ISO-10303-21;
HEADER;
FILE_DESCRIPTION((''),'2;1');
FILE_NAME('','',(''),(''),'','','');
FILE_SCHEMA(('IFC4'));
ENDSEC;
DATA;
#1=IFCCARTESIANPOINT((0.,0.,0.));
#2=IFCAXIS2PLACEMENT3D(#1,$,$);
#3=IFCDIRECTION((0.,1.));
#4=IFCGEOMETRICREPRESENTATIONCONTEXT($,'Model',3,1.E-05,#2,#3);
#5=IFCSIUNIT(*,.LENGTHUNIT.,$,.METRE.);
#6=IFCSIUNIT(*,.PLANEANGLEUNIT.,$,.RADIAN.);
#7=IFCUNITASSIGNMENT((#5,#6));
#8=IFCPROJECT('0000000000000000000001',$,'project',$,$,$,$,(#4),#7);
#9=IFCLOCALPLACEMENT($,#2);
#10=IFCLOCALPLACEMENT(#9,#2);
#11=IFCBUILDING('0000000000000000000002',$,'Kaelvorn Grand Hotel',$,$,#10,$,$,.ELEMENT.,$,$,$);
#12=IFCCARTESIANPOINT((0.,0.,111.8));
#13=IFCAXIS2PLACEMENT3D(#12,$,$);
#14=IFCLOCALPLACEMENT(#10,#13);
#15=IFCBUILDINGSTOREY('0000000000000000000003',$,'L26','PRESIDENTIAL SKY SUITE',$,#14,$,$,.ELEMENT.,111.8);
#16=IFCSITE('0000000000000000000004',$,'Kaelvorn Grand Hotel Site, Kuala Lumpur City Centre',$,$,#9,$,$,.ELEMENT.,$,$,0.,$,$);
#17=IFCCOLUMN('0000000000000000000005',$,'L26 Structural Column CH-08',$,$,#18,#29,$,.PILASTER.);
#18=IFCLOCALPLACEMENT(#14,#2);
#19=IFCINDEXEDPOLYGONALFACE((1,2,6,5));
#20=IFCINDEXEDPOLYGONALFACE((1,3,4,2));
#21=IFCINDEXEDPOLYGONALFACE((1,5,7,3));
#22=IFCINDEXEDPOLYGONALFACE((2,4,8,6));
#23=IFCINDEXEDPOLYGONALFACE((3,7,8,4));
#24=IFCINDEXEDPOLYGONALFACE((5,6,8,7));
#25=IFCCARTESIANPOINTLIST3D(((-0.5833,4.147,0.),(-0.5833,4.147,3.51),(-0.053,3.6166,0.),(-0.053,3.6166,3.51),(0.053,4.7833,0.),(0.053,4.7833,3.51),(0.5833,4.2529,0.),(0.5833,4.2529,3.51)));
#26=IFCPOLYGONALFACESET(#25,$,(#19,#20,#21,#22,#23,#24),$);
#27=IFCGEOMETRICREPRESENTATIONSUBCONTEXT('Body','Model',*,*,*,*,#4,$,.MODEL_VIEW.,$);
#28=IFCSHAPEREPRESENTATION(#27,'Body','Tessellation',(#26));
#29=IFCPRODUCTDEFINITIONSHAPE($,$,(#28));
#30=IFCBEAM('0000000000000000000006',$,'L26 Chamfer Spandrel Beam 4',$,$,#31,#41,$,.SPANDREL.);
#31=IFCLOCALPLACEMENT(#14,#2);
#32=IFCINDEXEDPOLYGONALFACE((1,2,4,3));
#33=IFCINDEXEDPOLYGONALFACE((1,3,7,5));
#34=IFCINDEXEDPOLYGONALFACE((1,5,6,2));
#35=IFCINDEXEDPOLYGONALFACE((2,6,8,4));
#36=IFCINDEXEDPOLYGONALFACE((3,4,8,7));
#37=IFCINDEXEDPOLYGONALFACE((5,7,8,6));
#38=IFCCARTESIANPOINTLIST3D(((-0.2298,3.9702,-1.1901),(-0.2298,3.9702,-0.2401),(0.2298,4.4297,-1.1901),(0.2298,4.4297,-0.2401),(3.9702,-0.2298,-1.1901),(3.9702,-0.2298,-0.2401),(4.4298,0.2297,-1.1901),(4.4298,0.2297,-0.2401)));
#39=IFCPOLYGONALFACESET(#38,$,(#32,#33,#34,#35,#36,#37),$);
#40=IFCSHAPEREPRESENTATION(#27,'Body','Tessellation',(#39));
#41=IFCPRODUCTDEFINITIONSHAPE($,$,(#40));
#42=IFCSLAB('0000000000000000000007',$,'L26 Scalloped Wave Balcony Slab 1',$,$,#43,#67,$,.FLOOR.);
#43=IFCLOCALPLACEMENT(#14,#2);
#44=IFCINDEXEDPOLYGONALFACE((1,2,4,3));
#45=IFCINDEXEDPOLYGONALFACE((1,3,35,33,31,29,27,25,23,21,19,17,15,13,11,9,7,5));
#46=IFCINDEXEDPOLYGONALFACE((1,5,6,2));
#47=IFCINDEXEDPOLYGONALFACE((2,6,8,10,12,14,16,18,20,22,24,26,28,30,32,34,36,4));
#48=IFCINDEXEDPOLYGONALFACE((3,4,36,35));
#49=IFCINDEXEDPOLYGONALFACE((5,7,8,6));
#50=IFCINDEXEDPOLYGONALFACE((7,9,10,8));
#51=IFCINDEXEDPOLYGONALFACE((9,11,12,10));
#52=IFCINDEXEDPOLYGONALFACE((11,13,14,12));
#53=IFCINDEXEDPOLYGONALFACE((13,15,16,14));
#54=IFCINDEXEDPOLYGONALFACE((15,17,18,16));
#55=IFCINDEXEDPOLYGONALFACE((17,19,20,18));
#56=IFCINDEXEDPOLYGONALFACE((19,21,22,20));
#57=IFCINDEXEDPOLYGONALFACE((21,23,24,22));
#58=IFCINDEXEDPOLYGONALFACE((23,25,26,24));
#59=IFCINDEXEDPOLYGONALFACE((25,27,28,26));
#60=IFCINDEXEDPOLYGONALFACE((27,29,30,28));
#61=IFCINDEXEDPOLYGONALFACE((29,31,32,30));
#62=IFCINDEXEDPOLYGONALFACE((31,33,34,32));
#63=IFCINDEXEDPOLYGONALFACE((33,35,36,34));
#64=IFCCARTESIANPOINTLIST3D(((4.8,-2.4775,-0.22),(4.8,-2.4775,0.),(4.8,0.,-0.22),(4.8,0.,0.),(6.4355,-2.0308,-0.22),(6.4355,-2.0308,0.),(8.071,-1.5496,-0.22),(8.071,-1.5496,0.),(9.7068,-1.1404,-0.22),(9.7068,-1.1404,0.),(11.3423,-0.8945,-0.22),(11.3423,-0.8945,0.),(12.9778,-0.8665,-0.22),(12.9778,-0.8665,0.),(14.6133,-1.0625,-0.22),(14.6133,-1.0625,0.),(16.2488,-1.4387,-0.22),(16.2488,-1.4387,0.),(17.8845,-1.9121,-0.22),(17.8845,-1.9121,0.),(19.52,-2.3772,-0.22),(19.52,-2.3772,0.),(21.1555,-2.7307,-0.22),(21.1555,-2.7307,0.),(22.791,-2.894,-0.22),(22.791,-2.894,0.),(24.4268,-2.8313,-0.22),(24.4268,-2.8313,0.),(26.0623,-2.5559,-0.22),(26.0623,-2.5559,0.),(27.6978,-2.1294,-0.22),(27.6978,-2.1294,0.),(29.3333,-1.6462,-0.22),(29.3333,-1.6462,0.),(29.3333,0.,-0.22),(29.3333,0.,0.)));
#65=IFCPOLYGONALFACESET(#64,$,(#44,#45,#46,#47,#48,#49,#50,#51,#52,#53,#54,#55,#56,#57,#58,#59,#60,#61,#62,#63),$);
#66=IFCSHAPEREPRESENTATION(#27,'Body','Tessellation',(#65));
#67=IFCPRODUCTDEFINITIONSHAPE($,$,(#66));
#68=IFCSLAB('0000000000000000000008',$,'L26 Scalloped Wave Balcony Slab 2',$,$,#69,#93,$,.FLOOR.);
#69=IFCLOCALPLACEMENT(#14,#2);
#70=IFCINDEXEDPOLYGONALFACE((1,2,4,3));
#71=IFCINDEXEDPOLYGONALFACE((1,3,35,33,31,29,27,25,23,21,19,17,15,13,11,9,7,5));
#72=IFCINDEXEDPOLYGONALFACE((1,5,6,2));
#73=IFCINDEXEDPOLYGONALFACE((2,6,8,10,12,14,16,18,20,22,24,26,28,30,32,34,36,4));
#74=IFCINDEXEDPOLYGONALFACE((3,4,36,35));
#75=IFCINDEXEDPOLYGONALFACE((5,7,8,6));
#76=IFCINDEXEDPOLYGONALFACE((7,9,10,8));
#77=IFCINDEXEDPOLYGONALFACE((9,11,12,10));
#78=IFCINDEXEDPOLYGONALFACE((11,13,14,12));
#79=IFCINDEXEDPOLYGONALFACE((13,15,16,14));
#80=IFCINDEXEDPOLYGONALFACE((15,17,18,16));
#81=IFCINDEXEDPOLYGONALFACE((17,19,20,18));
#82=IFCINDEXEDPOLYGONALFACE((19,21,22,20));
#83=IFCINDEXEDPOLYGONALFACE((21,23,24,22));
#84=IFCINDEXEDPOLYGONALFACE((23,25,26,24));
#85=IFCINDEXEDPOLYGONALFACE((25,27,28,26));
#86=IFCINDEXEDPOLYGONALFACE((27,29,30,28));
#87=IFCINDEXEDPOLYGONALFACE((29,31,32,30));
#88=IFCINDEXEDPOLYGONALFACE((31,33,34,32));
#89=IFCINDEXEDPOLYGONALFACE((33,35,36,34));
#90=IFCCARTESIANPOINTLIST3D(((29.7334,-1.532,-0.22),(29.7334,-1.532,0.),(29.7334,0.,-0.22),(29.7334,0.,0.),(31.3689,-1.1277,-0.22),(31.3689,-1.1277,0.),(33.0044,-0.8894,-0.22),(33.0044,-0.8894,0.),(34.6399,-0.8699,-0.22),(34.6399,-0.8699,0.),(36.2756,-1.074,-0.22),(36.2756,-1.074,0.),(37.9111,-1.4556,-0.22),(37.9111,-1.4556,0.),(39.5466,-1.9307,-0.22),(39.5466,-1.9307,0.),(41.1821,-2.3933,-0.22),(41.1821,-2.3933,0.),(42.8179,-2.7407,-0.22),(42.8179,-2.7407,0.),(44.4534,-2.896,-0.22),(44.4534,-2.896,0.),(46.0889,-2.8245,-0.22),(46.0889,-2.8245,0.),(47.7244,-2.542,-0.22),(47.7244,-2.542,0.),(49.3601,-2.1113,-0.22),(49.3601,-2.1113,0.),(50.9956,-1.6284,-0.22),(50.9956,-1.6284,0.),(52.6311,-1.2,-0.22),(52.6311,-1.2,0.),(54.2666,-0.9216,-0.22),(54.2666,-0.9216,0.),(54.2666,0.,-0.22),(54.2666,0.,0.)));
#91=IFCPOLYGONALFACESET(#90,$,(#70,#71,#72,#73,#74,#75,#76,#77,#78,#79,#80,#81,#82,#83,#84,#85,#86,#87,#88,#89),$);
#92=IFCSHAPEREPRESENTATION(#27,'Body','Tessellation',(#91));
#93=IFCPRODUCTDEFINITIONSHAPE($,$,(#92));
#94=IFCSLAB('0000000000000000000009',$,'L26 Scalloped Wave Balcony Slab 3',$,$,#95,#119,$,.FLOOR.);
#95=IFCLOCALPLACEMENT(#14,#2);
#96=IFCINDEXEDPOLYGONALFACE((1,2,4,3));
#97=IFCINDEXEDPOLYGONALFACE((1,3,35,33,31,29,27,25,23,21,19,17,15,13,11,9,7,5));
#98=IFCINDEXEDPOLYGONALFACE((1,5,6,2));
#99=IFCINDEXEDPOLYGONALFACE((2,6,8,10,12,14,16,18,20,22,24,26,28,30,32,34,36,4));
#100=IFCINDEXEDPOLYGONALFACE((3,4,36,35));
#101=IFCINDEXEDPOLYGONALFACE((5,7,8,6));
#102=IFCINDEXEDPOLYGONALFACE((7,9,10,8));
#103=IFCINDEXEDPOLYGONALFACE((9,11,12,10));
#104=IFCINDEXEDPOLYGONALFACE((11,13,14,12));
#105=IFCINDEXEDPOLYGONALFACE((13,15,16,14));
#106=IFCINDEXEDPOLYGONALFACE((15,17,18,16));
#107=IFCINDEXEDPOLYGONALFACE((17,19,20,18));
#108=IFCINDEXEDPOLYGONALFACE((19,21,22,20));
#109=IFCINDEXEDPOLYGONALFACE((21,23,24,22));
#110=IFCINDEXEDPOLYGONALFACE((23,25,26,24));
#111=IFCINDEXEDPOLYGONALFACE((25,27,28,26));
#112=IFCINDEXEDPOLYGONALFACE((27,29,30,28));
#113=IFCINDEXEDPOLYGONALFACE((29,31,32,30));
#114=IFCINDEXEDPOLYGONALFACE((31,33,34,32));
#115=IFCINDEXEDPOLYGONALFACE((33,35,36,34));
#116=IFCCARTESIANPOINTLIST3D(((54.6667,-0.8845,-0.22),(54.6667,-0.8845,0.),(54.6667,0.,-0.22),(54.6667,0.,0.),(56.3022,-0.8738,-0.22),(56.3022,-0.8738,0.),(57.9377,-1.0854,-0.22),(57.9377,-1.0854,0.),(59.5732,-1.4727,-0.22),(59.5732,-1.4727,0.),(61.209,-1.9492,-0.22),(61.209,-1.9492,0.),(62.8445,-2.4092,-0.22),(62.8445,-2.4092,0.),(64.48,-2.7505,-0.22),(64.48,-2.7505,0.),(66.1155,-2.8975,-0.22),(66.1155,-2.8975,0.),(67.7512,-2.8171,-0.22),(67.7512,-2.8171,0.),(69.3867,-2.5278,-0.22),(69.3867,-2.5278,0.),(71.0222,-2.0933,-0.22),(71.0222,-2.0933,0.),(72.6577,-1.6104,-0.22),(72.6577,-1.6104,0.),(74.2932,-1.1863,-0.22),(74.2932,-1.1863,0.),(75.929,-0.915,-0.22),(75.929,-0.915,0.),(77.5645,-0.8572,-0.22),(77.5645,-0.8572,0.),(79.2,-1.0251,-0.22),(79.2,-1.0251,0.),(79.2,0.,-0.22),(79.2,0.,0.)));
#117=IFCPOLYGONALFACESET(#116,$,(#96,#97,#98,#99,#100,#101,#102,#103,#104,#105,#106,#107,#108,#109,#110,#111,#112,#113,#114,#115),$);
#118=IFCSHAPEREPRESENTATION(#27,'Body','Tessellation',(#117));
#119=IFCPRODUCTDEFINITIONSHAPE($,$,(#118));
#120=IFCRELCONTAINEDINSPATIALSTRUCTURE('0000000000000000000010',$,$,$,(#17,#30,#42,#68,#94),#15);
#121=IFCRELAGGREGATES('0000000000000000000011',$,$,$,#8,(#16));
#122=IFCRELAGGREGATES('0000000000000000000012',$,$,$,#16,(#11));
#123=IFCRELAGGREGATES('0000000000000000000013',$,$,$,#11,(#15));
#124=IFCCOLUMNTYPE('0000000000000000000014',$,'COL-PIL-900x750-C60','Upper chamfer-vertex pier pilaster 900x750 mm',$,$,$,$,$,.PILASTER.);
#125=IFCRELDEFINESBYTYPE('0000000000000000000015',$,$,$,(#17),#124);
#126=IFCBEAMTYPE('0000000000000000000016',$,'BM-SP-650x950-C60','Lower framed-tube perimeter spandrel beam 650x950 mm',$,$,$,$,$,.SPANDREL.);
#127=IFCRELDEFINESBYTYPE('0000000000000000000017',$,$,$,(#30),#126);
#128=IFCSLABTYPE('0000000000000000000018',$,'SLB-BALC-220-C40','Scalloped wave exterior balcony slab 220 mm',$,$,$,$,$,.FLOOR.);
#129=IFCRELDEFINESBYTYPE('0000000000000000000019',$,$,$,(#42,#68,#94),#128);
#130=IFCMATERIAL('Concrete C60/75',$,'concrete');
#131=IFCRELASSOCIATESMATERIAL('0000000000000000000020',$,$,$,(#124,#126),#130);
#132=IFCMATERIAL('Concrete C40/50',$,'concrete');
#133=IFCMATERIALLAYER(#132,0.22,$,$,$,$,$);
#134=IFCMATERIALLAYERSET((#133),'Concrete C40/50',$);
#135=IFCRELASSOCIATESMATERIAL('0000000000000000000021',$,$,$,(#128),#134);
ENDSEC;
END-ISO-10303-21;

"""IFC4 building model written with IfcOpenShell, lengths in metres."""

from ifc_helpers import new_model, si_unit, direction, frame, origin, origin_2d, place, context, subcontext, project, spatial, polyline, rectangle, outline, extrude, material, layer, layer_set, material_profile, profile_set, type_object, element, save


model = new_model("IFC4")

# Units and contexts
model_context = context("Model", 3, precision=1e-05, world=origin(), true_north=direction((0.0, 1.0)))
body_context = subcontext(model_context, "Body", "Model", "MODEL_VIEW")
ifc_project = project(units=[si_unit("LENGTHUNIT", "METRE"), si_unit("PLANEANGLEUNIT", "RADIAN")], contexts=[model_context])

# Site, building, storey
site_placement = place(None, origin())
site = spatial("IfcSite", under=ifc_project, at=site_placement, Name="Kaelvorn Grand Hotel Site, Kuala Lumpur City Centre", CompositionType="ELEMENT", RefElevation=0.0)
building_placement = place(site_placement, origin())
building = spatial("IfcBuilding", under=site, at=building_placement, Name="Kaelvorn Grand Hotel", CompositionType="ELEMENT")
storey_placement = place(building_placement, frame((0.0, 0.0, 111.8)))
storey = spatial("IfcBuildingStorey", under=building, at=storey_placement, Name="L26", Description="PRESIDENTIAL SKY SUITE", CompositionType="ELEMENT", Elevation=111.8)

# Column
ifc_material_1 = material(Name="Concrete C60/75", Category="concrete")
ifc_material_profile_1 = material_profile(ifc_material_1, rectangle(XDim=0.8999, YDim=0.75, at=origin_2d()), Name="RC PILASTER 900x750")
ifc_profile_set_1 = profile_set([ifc_material_profile_1], Name="Concrete C60/75")
column_type = type_object("IfcColumnType", Name="COL-PIL-900x750-C60", Description="Upper chamfer-vertex pier pilaster 900x750 mm", PredefinedType="PILASTER", material=ifc_profile_set_1)
column_placement = place(storey_placement, frame((0.0, 4.2, 0.0), z_axis=(0.0, 0.0, 1.0), x_axis=(0.707107, 0.707107, 0.0)))
element("IfcColumn", 1, at=column_placement, inside=storey, type_object=column_type, Name="L26 Structural Column CH-08", PredefinedType="PILASTER", context=body_context, shape_type="SweptSolid", body=[
    extrude(rectangle(XDim=0.8999, YDim=0.75, at=origin_2d()), origin(), (0.0, 0.0, 1.0), 3.51),
])

# Beam
ifc_material_profile_2 = material_profile(ifc_material_1, rectangle(XDim=0.6499, YDim=0.95, at=origin_2d()), Name="RC SPANDREL 650x950")
ifc_profile_set_2 = profile_set([ifc_material_profile_2], Name="Concrete C60/75")
beam_type = type_object("IfcBeamType", Name="BM-SP-650x950-C60", Description="Lower framed-tube perimeter spandrel beam 650x950 mm", PredefinedType="SPANDREL", material=ifc_profile_set_2)
beam_placement = place(storey_placement, frame((0.0, 4.2, -0.7151), z_axis=(0.707107, -0.707107, 0.0), x_axis=(0.707107, 0.707107, 0.0)))
element("IfcBeam", 2, at=beam_placement, inside=storey, type_object=beam_type, Name="L26 Chamfer Spandrel Beam 4", PredefinedType="SPANDREL", context=body_context, shape_type="SweptSolid", body=[
    extrude(rectangle(XDim=0.6499, YDim=0.95, at=origin_2d()), origin(), (0.0, 0.0, 1.0), 5.9397),
])

# Slabs
ifc_material_2 = material(Name="Concrete C40/50", Category="concrete")
ifc_layer_1 = layer(ifc_material_2, 0.22)
ifc_layer_set_1 = layer_set([ifc_layer_1], Name="Concrete C40/50")
slab_type_1 = type_object("IfcSlabType", Name="SLB-BALC-220-C40", Description="Scalloped wave exterior balcony slab 220 mm", PredefinedType="FLOOR", material=ifc_layer_set_1)
slab_1_placement = place(storey_placement, frame((0.0, 0.0, -0.22)))
element("IfcSlab", 3, at=slab_1_placement, inside=storey, type_object=slab_type_1, Name="L26 Scalloped Wave Balcony Slab 1", PredefinedType="FLOOR", context=body_context, shape_type="SweptSolid", body=[
    extrude(outline(polyline([(4.8, -2.4775), (6.4355, -2.0308), (8.071, -1.5496), (9.7068, -1.1404), (11.3423, -0.8945), (12.9778, -0.8665), (14.6133, -1.0625), (16.2488, -1.4387), (17.8845, -1.9121), (19.52, -2.3772), (21.1555, -2.7307), (22.791, -2.894), (24.4268, -2.8313), (26.0623, -2.5559), (27.6978, -2.1294), (29.3333, -1.6462), (29.3333, 0.0), (4.8, 0.0), (4.8, -2.4775)])), origin(), (0.0, 0.0, 1.0), 0.22),
])
slab_2_placement = place(storey_placement, frame((0.0, 0.0, -0.22)))
element("IfcSlab", 4, at=slab_2_placement, inside=storey, type_object=slab_type_1, Name="L26 Scalloped Wave Balcony Slab 2", PredefinedType="FLOOR", context=body_context, shape_type="SweptSolid", body=[
    extrude(outline(polyline([(29.7334, -1.532), (31.3689, -1.1277), (33.0044, -0.8894), (34.6399, -0.8699), (36.2756, -1.074), (37.9111, -1.4556), (39.5466, -1.9307), (41.1821, -2.3933), (42.8179, -2.7407), (44.4534, -2.896), (46.0889, -2.8245), (47.7244, -2.542), (49.3601, -2.1113), (50.9956, -1.6284), (52.6311, -1.2), (54.2666, -0.9216), (54.2666, 0.0), (29.7334, 0.0), (29.7334, -1.532)])), origin(), (0.0, 0.0, 1.0), 0.22),
])
slab_3_placement = place(storey_placement, frame((0.0, 0.0, -0.22)))
element("IfcSlab", 5, at=slab_3_placement, inside=storey, type_object=slab_type_1, Name="L26 Scalloped Wave Balcony Slab 3", PredefinedType="FLOOR", context=body_context, shape_type="SweptSolid", body=[
    extrude(outline(polyline([(54.6667, -0.8845), (56.3022, -0.8738), (57.9377, -1.0854), (59.5732, -1.4727), (61.209, -1.9492), (62.8445, -2.4092), (64.48, -2.7505), (66.1155, -2.8975), (67.7512, -2.8171), (69.3867, -2.5278), (71.0222, -2.0933), (72.6577, -1.6104), (74.2932, -1.1863), (75.929, -0.915), (77.5645, -0.8572), (79.2, -1.0251), (79.2, 0.0), (54.6667, 0.0), (54.6667, -0.8845)])), origin(), (0.0, 0.0, 1.0), 0.22),
])

save(model, "model.ifc")
